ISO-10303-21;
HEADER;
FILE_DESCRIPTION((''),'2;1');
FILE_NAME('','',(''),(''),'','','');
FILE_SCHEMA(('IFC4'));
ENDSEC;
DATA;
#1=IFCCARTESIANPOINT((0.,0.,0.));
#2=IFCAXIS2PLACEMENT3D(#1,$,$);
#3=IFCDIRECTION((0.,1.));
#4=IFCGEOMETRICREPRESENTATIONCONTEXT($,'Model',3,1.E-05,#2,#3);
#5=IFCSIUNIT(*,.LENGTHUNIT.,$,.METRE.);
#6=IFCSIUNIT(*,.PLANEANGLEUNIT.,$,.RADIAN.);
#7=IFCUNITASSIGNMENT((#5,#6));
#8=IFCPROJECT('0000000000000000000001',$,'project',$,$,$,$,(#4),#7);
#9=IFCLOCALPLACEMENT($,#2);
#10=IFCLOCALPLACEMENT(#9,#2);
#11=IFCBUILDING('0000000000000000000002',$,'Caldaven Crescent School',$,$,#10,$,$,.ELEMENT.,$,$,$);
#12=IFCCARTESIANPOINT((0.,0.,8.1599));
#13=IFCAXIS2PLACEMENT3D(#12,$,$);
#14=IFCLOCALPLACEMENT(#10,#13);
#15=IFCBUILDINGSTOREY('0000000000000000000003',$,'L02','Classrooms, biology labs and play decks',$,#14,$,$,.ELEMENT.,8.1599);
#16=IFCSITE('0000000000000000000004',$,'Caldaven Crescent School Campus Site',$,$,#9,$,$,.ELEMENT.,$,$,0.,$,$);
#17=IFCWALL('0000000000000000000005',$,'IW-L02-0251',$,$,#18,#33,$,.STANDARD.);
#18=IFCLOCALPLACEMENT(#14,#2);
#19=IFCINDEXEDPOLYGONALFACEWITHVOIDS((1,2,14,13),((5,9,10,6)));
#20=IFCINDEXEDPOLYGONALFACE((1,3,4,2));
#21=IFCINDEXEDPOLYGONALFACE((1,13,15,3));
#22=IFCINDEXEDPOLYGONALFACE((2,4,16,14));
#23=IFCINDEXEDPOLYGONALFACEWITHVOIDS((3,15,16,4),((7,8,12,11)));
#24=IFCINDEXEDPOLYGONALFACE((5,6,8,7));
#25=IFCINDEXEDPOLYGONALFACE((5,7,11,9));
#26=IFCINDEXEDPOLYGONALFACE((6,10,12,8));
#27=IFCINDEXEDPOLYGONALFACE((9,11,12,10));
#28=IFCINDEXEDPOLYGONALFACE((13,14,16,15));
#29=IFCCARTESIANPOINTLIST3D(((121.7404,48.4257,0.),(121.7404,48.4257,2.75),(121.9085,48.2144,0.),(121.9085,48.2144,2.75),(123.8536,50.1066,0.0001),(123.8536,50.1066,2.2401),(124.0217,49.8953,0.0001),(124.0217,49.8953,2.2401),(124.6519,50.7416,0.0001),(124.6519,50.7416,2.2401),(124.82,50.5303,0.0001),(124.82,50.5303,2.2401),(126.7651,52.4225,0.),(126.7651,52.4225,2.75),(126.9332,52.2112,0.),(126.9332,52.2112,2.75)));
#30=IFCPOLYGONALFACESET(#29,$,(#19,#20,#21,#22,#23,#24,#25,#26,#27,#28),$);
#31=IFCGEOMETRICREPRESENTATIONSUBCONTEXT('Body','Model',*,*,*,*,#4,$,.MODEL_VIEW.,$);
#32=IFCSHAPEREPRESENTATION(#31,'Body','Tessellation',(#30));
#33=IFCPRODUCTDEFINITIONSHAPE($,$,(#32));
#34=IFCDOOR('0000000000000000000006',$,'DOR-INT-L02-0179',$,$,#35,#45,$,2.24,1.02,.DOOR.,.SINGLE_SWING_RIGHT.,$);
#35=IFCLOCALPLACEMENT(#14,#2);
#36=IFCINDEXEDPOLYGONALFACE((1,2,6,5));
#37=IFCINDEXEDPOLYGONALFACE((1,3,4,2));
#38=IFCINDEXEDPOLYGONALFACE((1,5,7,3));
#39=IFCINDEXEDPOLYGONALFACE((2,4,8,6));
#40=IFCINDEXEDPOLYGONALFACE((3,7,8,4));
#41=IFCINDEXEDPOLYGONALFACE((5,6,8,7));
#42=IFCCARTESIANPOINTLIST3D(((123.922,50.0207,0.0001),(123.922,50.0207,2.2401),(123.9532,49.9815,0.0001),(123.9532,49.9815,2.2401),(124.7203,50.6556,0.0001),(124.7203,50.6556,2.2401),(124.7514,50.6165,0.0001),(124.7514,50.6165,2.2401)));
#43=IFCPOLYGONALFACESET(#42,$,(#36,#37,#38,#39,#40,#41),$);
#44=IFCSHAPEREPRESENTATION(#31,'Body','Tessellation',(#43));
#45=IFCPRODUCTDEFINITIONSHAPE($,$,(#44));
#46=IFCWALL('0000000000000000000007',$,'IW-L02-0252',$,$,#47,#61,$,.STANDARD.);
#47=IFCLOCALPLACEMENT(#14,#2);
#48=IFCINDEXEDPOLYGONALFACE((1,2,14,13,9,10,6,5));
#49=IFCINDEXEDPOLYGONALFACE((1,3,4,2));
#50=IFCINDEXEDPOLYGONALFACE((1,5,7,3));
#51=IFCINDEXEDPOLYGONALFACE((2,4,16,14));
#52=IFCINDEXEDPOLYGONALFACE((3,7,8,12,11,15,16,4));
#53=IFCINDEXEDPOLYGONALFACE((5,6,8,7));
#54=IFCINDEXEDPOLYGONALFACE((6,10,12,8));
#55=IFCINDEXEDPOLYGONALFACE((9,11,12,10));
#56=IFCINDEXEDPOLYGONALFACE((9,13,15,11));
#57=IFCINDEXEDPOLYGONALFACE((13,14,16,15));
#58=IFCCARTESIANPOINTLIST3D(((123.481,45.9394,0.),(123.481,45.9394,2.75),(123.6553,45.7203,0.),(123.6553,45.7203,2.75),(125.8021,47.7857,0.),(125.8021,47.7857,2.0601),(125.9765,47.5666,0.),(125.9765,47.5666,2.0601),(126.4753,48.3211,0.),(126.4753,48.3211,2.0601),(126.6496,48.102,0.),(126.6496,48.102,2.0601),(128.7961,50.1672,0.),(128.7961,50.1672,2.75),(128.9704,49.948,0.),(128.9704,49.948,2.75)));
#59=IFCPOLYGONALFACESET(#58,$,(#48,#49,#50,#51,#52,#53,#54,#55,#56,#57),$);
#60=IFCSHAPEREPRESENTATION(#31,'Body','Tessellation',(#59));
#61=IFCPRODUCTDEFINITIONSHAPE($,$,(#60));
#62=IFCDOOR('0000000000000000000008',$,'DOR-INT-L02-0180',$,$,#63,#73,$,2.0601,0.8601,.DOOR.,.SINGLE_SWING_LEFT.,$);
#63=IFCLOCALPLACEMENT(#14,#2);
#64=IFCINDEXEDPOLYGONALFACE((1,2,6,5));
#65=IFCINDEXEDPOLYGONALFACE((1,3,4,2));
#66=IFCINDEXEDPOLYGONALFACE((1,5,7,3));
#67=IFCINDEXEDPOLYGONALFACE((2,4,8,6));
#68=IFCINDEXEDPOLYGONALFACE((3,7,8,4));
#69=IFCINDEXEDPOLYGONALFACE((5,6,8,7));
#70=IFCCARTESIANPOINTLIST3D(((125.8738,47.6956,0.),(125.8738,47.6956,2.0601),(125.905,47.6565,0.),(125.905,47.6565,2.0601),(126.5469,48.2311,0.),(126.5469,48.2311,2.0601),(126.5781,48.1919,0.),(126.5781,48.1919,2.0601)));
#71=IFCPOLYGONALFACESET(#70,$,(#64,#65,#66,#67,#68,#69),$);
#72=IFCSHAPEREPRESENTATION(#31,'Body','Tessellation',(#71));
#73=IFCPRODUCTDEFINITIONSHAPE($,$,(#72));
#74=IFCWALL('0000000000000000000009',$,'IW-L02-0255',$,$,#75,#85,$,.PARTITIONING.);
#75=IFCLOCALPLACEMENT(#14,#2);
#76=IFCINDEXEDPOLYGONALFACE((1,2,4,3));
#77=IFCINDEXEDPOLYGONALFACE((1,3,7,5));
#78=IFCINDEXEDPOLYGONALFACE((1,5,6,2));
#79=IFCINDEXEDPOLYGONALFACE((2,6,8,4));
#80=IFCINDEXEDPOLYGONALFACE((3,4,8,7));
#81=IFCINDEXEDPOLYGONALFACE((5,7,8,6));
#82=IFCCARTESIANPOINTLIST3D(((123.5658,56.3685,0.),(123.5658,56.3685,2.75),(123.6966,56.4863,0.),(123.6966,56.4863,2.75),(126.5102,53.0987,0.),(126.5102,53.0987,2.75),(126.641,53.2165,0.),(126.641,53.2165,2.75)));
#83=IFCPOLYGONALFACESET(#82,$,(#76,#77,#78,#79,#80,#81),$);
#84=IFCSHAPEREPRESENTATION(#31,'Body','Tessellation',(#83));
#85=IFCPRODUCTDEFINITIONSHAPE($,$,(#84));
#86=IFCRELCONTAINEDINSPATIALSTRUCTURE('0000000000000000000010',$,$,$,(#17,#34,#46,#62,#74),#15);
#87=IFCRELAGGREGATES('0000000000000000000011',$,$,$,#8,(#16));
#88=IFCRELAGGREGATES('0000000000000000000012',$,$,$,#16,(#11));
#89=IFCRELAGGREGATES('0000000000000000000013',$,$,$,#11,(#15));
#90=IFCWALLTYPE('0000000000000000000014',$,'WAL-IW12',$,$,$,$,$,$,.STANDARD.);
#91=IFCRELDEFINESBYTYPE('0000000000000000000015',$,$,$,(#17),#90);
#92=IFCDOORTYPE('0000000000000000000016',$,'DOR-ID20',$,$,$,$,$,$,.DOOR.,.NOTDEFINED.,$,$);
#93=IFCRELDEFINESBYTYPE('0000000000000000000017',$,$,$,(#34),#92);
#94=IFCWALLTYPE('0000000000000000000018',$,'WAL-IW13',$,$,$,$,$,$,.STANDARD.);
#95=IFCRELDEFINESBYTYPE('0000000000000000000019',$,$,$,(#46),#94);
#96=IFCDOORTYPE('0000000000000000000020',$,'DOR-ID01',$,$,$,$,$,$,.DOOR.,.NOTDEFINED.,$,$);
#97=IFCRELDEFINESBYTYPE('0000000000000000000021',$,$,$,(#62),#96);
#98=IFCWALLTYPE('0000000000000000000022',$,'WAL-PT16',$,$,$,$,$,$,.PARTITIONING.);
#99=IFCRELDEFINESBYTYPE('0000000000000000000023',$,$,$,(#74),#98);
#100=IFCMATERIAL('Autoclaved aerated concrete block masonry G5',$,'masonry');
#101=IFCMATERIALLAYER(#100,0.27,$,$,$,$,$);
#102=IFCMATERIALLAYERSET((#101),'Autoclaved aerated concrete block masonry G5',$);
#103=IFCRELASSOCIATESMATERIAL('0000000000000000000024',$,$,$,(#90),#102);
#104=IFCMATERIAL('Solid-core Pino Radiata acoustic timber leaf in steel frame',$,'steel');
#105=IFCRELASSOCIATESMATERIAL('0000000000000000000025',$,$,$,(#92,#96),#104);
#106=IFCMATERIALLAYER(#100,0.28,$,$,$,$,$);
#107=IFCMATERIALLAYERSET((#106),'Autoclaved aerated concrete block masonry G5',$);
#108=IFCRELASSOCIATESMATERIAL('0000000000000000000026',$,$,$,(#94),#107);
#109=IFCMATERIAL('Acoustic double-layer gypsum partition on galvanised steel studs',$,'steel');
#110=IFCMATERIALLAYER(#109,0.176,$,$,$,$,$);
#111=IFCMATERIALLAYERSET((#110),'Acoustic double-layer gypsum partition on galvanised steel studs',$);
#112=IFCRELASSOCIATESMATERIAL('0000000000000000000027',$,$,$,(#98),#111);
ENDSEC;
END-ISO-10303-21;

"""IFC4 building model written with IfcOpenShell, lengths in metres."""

from ifc_helpers import new_model, si_unit, direction, frame, frame_2d, origin, place, context, subcontext, project, spatial, rectangle, extrude, material, layer, layer_set, type_object, element, fill, save


model = new_model("IFC4")

# Units and contexts
model_context = context("Model", 3, precision=1e-05, world=origin(), true_north=direction((0.0, 1.0)))
body_context = subcontext(model_context, "Body", "Model", "MODEL_VIEW")
ifc_project = project(units=[si_unit("LENGTHUNIT", "METRE"), si_unit("PLANEANGLEUNIT", "RADIAN")], contexts=[model_context])

# Site, building, storey
site_placement = place(None, origin())
site = spatial("IfcSite", under=ifc_project, at=site_placement, Name="Caldaven Crescent School Campus Site", CompositionType="ELEMENT", RefElevation=0.0)
building_placement = place(site_placement, origin())
building = spatial("IfcBuilding", under=site, at=building_placement, Name="Caldaven Crescent School", CompositionType="ELEMENT")
storey_placement = place(building_placement, frame((0.0, 0.0, 8.1599)))
storey = spatial("IfcBuildingStorey", under=building, at=storey_placement, Name="L02", Description="Classrooms, biology labs and play decks", CompositionType="ELEMENT", Elevation=8.1599)

# Walls, openings, doors
ifc_material_1 = material(Name="Autoclaved aerated concrete block masonry G5", Category="masonry")
ifc_layer_1 = layer(ifc_material_1, 0.27)
ifc_layer_set_1 = layer_set([ifc_layer_1], Name="Autoclaved aerated concrete block masonry G5")
wall_type_1 = type_object("IfcWallType", Name="WAL-IW12", PredefinedType="STANDARD", material=ifc_layer_set_1)
wall_1_placement = place(storey_placement, frame((121.8245, 48.3201, 0.0), z_axis=(0.0, 0.0, 1.0), x_axis=(0.782606, 0.622518, 0.0)))
wall_1 = element("IfcWall", 1, at=wall_1_placement, inside=storey, type_object=wall_type_1, Name="IW-L02-0251", PredefinedType="STANDARD", context=body_context, shape_type="SweptSolid", body=[
    extrude(rectangle(XDim=6.4204, YDim=0.27, at=frame_2d((3.2102, 0.0))), origin(), (0.0, 0.0, 1.0), 2.75),
])
opening_1_placement = place(wall_1_placement, frame((2.7002, 0.0, 0.0)))
opening_1 = element("IfcOpeningElement", 2, at=opening_1_placement, cuts=wall_1, PredefinedType="OPENING", context=body_context, shape_type="SweptSolid", body=[
    extrude(rectangle(XDim=1.02, YDim=2.24, at=frame_2d((0.51, 1.1201))), frame((0.0, 0.145, 0.0), z_axis=(0.0, -1.0, 0.0), x_axis=(1.0, 0.0, 0.0)), (0.0, 0.0, 1.0), 0.29),
])
ifc_material_2 = material(Name="Solid-core Pino Radiata acoustic timber leaf in steel frame", Category="steel")
door_type_1 = type_object("IfcDoorType", Name="DOR-ID20", OperationType="NOTDEFINED", PredefinedType="DOOR", material=ifc_material_2)
door_1_placement = place(opening_1_placement, frame((1.02, 0.0, 0.0), z_axis=(0.0, 0.0, 1.0), x_axis=(-1.0, 0.0, 0.0)))
door_1 = element("IfcDoor", 3, at=door_1_placement, inside=storey, type_object=door_type_1, Name="DOR-INT-L02-0179", OperationType="SINGLE_SWING_RIGHT", OverallHeight=2.24, OverallWidth=1.02, PredefinedType="DOOR", context=body_context, shape_type="SweptSolid", body=[
    extrude(rectangle(XDim=1.02, YDim=2.24, at=frame_2d((0.51, 1.1201))), frame((0.0, 0.0249, 0.0), z_axis=(0.0, -1.0, 0.0), x_axis=(1.0, 0.0, 0.0)), (0.0, 0.0, 1.0), 0.05),
])
fill(opening_1, door_1)
ifc_layer_2 = layer(ifc_material_1, 0.28)
ifc_layer_set_2 = layer_set([ifc_layer_2], Name="Autoclaved aerated concrete block masonry G5")
wall_type_2 = type_object("IfcWallType", Name="WAL-IW13", PredefinedType="STANDARD", material=ifc_layer_set_2)
wall_2_placement = place(storey_placement, frame((123.5681, 45.8298, 0.0), z_axis=(0.0, 0.0, 1.0), x_axis=(0.782616, 0.622505, 0.0)))
wall_2 = element("IfcWall", 4, at=wall_2_placement, inside=storey, type_object=wall_type_2, Name="IW-L02-0252", PredefinedType="STANDARD", context=body_context, shape_type="SweptSolid", body=[
    extrude(rectangle(XDim=6.7915, YDim=0.28, at=frame_2d((3.3958, 0.0))), origin(), (0.0, 0.0, 1.0), 2.75),
])
opening_2_placement = place(wall_2_placement, frame((2.9658, 0.0, 0.0)))
opening_2 = element("IfcOpeningElement", 5, at=opening_2_placement, cuts=wall_2, PredefinedType="OPENING", context=body_context, shape_type="SweptSolid", body=[
    extrude(rectangle(XDim=0.8601, YDim=2.0601, at=frame_2d((0.4302, 1.03))), frame((0.0, 0.1499, 0.0), z_axis=(0.0, -1.0, 0.0), x_axis=(1.0, 0.0, 0.0)), (0.0, 0.0, 1.0), 0.3),
])
door_type_2 = type_object("IfcDoorType", Name="DOR-ID01", OperationType="NOTDEFINED", PredefinedType="DOOR", material=ifc_material_2)
door_2_placement = place(opening_2_placement, origin())
door_2 = element("IfcDoor", 6, at=door_2_placement, inside=storey, type_object=door_type_2, Name="DOR-INT-L02-0180", OperationType="SINGLE_SWING_LEFT", OverallHeight=2.0601, OverallWidth=0.8601, PredefinedType="DOOR", context=body_context, shape_type="SweptSolid", body=[
    extrude(rectangle(XDim=0.8601, YDim=2.0601, at=frame_2d((0.4302, 1.03))), frame((0.0, 0.0249, 0.0), z_axis=(0.0, -1.0, 0.0), x_axis=(1.0, 0.0, 0.0)), (0.0, 0.0, 1.0), 0.05),
])
fill(opening_2, door_2)

# Wall
ifc_material_3 = material(Name="Acoustic double-layer gypsum partition on galvanised steel studs", Category="steel")
ifc_layer_3 = layer(ifc_material_3, 0.176)
ifc_layer_set_3 = layer_set([ifc_layer_3], Name="Acoustic double-layer gypsum partition on galvanised steel studs")
wall_type_3 = type_object("IfcWallType", Name="WAL-PT16", PredefinedType="PARTITIONING", material=ifc_layer_set_3)
wall_3_placement = place(storey_placement, frame((123.6311, 56.4275, 0.0), z_axis=(0.0, 0.0, 1.0), x_axis=(0.669158, -0.74312, 0.0)))
element("IfcWall", 7, at=wall_3_placement, inside=storey, type_object=wall_type_3, Name="IW-L02-0255", PredefinedType="PARTITIONING", context=body_context, shape_type="SweptSolid", body=[
    extrude(rectangle(XDim=4.4001, YDim=0.176, at=frame_2d((2.2002, 0.0))), origin(), (0.0, 0.0, 1.0), 2.75),
])

save(model, "model.ifc")
